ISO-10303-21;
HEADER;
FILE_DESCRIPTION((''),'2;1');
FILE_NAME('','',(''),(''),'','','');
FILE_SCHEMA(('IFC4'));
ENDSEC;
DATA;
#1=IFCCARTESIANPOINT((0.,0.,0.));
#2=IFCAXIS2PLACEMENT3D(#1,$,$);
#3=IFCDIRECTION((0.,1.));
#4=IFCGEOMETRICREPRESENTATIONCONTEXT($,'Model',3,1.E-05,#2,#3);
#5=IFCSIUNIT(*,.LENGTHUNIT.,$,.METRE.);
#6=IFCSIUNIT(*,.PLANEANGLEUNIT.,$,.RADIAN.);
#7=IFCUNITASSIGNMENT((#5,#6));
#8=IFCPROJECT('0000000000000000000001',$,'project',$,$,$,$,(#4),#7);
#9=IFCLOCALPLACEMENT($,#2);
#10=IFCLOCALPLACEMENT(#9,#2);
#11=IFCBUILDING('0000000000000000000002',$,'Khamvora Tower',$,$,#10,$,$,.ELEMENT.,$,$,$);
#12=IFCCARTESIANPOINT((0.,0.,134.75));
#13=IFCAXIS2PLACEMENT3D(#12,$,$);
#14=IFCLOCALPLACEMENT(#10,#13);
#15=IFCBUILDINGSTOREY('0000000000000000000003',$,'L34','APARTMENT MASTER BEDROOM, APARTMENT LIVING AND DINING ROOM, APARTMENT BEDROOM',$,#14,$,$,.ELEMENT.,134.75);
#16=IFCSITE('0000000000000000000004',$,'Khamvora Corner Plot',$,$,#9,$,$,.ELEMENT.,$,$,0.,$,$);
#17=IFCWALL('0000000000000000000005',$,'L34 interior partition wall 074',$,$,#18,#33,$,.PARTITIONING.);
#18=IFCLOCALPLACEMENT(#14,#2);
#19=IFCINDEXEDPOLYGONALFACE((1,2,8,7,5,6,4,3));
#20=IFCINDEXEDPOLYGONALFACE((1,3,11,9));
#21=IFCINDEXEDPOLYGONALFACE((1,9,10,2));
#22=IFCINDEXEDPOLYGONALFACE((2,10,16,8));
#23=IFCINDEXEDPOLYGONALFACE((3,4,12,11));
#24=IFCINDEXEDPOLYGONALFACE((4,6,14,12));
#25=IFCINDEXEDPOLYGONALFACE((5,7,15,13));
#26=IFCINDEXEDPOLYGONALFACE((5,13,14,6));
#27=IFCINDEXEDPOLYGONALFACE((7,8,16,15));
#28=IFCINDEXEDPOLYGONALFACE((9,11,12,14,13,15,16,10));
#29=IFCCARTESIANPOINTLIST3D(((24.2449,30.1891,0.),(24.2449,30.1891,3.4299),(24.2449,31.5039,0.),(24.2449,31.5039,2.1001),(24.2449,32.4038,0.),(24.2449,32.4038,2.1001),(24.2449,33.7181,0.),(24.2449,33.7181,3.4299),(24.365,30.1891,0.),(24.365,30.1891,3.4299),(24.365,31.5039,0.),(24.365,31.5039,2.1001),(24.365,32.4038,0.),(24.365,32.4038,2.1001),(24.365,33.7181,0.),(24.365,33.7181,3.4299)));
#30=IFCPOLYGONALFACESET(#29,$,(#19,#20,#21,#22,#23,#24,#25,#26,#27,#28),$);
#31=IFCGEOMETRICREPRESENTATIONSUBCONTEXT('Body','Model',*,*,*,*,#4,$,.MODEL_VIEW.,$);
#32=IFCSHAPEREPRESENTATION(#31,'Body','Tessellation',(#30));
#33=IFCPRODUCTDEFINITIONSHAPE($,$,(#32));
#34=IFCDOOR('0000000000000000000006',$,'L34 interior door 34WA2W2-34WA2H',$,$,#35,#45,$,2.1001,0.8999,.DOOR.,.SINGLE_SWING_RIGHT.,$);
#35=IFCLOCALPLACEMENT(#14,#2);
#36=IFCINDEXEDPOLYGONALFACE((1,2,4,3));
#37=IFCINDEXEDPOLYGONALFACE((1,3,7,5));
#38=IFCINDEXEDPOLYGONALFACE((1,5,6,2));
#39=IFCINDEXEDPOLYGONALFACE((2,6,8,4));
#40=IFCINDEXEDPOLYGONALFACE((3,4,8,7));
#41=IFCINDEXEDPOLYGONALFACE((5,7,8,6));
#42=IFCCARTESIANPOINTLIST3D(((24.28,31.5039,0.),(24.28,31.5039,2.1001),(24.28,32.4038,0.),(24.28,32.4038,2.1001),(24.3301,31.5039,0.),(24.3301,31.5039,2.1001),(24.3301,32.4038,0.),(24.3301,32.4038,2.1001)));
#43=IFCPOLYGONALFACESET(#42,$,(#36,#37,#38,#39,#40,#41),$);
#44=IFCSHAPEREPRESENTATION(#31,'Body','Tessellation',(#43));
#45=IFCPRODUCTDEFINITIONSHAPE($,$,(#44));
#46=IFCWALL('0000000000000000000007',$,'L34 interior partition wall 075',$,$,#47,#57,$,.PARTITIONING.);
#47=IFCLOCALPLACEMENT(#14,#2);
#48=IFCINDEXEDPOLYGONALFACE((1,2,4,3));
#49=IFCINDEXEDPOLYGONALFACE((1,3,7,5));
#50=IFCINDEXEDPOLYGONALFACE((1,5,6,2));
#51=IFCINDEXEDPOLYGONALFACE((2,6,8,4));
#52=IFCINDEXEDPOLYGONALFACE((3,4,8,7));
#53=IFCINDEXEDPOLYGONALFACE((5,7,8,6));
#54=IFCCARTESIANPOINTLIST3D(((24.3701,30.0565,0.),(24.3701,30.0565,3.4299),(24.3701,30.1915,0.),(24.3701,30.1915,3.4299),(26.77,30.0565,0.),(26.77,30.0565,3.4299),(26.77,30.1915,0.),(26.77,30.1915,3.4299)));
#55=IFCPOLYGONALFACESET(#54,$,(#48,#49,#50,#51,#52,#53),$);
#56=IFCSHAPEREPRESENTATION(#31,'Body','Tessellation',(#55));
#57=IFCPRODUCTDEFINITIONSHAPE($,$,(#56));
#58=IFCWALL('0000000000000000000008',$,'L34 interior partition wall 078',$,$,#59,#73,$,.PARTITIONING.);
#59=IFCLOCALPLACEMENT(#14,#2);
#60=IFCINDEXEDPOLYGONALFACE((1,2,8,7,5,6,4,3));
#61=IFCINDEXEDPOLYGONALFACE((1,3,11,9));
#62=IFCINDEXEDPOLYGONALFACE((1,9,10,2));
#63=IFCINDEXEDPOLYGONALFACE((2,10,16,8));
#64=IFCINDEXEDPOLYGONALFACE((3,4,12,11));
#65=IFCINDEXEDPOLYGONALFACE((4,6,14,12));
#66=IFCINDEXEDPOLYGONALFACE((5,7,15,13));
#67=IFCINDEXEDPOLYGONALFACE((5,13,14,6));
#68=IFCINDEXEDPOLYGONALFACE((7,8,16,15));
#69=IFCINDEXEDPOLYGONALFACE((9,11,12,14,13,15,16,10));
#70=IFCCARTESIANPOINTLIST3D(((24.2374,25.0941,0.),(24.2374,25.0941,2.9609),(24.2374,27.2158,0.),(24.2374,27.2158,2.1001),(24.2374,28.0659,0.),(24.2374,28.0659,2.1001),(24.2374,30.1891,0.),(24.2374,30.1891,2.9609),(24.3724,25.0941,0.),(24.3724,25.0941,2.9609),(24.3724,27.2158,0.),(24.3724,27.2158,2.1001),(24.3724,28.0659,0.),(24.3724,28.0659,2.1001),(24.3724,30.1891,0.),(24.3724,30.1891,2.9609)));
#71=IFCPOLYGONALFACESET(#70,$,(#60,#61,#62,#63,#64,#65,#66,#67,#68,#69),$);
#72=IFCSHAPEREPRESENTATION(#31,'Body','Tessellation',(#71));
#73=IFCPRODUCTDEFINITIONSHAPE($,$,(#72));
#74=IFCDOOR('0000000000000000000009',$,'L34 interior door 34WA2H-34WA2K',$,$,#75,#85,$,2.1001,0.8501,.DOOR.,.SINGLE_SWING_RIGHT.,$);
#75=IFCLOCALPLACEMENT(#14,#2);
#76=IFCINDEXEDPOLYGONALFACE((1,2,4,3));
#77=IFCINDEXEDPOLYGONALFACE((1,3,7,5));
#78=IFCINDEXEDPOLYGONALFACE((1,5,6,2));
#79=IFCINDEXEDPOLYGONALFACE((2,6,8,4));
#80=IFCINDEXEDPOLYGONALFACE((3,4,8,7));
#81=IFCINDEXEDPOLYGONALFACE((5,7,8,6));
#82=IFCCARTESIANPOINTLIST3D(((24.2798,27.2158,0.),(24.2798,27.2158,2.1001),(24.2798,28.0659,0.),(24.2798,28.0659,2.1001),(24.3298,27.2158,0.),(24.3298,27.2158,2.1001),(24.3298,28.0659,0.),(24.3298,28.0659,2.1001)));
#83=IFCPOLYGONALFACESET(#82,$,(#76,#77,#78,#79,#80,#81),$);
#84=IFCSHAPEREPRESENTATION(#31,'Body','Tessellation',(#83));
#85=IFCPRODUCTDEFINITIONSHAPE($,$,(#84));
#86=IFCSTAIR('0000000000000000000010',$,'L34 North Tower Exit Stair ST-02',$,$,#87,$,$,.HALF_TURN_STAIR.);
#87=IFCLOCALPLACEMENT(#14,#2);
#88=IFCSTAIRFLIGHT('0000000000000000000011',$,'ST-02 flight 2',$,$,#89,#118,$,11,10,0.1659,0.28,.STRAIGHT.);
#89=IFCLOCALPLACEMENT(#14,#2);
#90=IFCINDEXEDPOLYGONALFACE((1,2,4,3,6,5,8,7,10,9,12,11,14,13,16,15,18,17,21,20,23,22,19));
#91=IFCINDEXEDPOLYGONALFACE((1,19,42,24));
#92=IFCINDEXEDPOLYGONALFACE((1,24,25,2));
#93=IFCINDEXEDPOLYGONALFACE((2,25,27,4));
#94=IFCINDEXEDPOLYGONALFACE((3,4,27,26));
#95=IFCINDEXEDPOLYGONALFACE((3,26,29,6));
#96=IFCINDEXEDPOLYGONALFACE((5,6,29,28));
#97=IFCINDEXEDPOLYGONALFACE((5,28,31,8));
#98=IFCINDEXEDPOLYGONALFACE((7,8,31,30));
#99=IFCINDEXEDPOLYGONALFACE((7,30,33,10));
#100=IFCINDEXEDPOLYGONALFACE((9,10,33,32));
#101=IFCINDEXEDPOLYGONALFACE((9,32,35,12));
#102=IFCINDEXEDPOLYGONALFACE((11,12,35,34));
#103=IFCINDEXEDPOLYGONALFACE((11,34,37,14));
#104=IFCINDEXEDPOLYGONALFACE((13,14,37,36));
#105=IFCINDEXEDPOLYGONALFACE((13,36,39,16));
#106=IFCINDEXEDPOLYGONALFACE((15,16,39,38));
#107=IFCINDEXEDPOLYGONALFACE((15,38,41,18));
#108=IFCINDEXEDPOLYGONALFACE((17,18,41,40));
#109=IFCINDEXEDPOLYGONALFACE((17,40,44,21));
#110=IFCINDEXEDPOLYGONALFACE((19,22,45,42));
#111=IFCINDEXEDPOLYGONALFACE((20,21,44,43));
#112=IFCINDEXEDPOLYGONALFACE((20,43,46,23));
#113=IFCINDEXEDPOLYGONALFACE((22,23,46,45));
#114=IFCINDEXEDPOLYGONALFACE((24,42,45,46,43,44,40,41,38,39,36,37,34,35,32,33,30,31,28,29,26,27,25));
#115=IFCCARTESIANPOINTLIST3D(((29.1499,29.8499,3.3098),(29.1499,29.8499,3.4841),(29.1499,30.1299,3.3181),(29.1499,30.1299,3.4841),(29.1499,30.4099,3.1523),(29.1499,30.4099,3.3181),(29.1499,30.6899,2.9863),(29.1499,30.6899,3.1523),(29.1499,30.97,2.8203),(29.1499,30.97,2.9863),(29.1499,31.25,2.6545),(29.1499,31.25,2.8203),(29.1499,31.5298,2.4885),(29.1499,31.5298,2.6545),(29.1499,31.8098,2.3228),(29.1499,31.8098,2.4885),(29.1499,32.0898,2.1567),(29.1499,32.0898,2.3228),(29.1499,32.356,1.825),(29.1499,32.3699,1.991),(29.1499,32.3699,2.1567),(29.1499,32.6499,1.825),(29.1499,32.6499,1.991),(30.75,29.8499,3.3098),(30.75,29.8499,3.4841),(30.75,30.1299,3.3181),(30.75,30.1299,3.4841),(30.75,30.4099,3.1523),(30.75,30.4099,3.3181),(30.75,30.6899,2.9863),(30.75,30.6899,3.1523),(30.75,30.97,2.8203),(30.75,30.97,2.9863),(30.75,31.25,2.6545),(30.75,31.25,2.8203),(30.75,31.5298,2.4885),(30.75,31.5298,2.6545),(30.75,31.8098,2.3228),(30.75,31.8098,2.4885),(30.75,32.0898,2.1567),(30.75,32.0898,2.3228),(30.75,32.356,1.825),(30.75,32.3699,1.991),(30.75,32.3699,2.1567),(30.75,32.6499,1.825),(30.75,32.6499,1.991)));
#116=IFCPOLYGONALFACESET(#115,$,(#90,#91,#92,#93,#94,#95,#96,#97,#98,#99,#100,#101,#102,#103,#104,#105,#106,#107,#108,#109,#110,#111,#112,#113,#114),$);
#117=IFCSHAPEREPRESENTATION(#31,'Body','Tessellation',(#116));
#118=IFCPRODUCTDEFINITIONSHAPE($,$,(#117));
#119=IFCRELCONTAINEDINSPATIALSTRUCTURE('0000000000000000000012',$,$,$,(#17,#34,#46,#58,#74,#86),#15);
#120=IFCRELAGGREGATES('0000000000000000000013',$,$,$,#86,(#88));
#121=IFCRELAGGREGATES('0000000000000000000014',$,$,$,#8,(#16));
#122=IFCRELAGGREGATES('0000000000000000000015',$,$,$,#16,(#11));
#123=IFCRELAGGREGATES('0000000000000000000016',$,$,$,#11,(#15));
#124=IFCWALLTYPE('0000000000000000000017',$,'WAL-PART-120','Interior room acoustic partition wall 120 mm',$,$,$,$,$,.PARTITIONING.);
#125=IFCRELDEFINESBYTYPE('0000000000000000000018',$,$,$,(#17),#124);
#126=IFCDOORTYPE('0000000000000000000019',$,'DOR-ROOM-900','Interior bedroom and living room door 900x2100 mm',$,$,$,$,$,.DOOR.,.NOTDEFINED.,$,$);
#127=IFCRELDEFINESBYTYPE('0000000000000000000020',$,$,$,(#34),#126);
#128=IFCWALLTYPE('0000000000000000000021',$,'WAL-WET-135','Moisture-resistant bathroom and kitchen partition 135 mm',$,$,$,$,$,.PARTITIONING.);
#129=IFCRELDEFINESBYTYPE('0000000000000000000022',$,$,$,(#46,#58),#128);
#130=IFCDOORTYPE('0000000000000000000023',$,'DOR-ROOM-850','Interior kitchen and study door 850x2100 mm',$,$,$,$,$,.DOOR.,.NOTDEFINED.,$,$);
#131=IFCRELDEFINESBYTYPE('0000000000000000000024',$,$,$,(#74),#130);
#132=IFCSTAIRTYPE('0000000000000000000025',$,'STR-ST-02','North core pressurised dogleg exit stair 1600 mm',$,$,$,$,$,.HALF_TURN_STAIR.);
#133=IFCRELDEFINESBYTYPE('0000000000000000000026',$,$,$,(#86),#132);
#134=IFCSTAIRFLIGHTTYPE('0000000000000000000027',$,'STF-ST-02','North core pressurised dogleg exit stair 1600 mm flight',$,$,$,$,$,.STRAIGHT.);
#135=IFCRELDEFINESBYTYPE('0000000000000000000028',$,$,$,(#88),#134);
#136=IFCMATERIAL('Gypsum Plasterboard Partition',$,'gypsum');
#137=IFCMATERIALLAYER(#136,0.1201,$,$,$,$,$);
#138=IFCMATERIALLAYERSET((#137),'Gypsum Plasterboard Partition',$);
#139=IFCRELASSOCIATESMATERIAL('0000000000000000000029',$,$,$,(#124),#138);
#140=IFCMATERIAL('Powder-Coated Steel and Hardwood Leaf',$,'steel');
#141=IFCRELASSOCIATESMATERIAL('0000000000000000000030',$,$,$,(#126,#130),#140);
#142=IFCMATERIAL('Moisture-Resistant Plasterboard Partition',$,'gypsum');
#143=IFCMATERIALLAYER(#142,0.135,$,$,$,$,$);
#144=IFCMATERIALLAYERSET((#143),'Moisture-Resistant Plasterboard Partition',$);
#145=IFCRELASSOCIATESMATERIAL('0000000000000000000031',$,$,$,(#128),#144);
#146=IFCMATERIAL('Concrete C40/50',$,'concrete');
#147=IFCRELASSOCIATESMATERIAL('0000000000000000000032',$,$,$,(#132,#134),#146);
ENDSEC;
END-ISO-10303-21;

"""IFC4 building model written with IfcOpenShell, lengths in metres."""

from ifc_helpers import new_model, si_unit, direction, frame, frame_2d, origin, place, context, subcontext, project, spatial, polyline, rectangle, outline, extrude, material, layer, layer_set, type_object, element, fill, aggregate, save


model = new_model("IFC4")

# Units and contexts
model_context = context("Model", 3, precision=1e-05, world=origin(), true_north=direction((0.0, 1.0)))
body_context = subcontext(model_context, "Body", "Model", "MODEL_VIEW")
ifc_project = project(units=[si_unit("LENGTHUNIT", "METRE"), si_unit("PLANEANGLEUNIT", "RADIAN")], contexts=[model_context])

# Site, building, storey
site_placement = place(None, origin())
site = spatial("IfcSite", under=ifc_project, at=site_placement, Name="Khamvora Corner Plot", CompositionType="ELEMENT", RefElevation=0.0)
building_placement = place(site_placement, origin())
building = spatial("IfcBuilding", under=site, at=building_placement, Name="Khamvora Tower", CompositionType="ELEMENT")
storey_placement = place(building_placement, frame((0.0, 0.0, 134.75)))
storey = spatial("IfcBuildingStorey", under=building, at=storey_placement, Name="L34", Description="APARTMENT MASTER BEDROOM, APARTMENT LIVING AND DINING ROOM, APARTMENT BEDROOM", CompositionType="ELEMENT", Elevation=134.75)

# Wall, opening, door
ifc_material_1 = material(Name="Gypsum Plasterboard Partition", Category="gypsum")
ifc_layer_1 = layer(ifc_material_1, 0.1201)
ifc_layer_set_1 = layer_set([ifc_layer_1], Name="Gypsum Plasterboard Partition")
wall_type_1 = type_object("IfcWallType", Name="WAL-PART-120", Description="Interior room acoustic partition wall 120 mm", PredefinedType="PARTITIONING", material=ifc_layer_set_1)
wall_1_placement = place(storey_placement, frame((24.3049, 30.189, 0.0), z_axis=(0.0, 0.0, 1.0), x_axis=(0.0, 1.0, 0.0)))
wall_1 = element("IfcWall", 1, at=wall_1_placement, inside=storey, type_object=wall_type_1, Name="L34 interior partition wall 074", PredefinedType="PARTITIONING", context=body_context, shape_type="SweptSolid", body=[
    extrude(rectangle(XDim=3.5291, YDim=0.1201, at=frame_2d((1.7646, 0.0))), origin(), (0.0, 0.0, 1.0), 3.4299),
])
opening_1_placement = place(wall_1_placement, frame((1.3149, 0.0, 0.0)))
opening_1 = element("IfcOpeningElement", 2, at=opening_1_placement, cuts=wall_1, PredefinedType="OPENING", context=body_context, shape_type="SweptSolid", body=[
    extrude(rectangle(XDim=0.8999, YDim=2.1001, at=frame_2d((0.45, 1.05))), frame((0.0, 0.0701, 0.0), z_axis=(0.0, -1.0, 0.0), x_axis=(1.0, 0.0, 0.0)), (0.0, 0.0, 1.0), 0.1401),
])
ifc_material_2 = material(Name="Powder-Coated Steel and Hardwood Leaf", Category="steel")
door_type_1 = type_object("IfcDoorType", Name="DOR-ROOM-900", Description="Interior bedroom and living room door 900x2100 mm", OperationType="NOTDEFINED", PredefinedType="DOOR", material=ifc_material_2)
door_1_placement = place(opening_1_placement, origin())
door_1 = element("IfcDoor", 3, at=door_1_placement, inside=storey, type_object=door_type_1, Name="L34 interior door 34WA2W2-34WA2H", OperationType="SINGLE_SWING_RIGHT", OverallHeight=2.1001, OverallWidth=0.8999, PredefinedType="DOOR", context=body_context, shape_type="SweptSolid", body=[
    extrude(rectangle(XDim=0.8999, YDim=2.1001, at=frame_2d((0.45, 1.05))), frame((0.0, 0.0249, 0.0), z_axis=(0.0, -1.0, 0.0), x_axis=(1.0, 0.0, 0.0)), (0.0, 0.0, 1.0), 0.05),
])
fill(opening_1, door_1)

# Wall
ifc_material_3 = material(Name="Moisture-Resistant Plasterboard Partition", Category="gypsum")
ifc_layer_2 = layer(ifc_material_3, 0.135)
ifc_layer_set_2 = layer_set([ifc_layer_2], Name="Moisture-Resistant Plasterboard Partition")
wall_type_2 = type_object("IfcWallType", Name="WAL-WET-135", Description="Moisture-resistant bathroom and kitchen partition 135 mm", PredefinedType="PARTITIONING", material=ifc_layer_set_2)
wall_2_placement = place(storey_placement, frame((26.77, 30.124, 0.0), z_axis=(0.0, 0.0, 1.0), x_axis=(-1.0, 0.0, 0.0)))
element("IfcWall", 4, at=wall_2_placement, inside=storey, type_object=wall_type_2, Name="L34 interior partition wall 075", PredefinedType="PARTITIONING", context=body_context, shape_type="SweptSolid", body=[
    extrude(rectangle(XDim=2.3999, YDim=0.135, at=frame_2d((1.2, 0.0))), origin(), (0.0, 0.0, 1.0), 3.4299),
])

# Wall, opening, door
wall_3_placement = place(storey_placement, frame((24.3049, 30.189, 0.0), z_axis=(0.0, 0.0, 1.0), x_axis=(0.0, -1.0, 0.0)))
wall_3 = element("IfcWall", 5, at=wall_3_placement, inside=storey, type_object=wall_type_2, Name="L34 interior partition wall 078", PredefinedType="PARTITIONING", context=body_context, shape_type="SweptSolid", body=[
    extrude(rectangle(XDim=5.095, YDim=0.135, at=frame_2d((2.5474, 0.0))), origin(), (0.0, 0.0, 1.0), 2.9609),
])
opening_2_placement = place(wall_3_placement, frame((2.123, 0.0, 0.0)))
opening_2 = element("IfcOpeningElement", 6, at=opening_2_placement, cuts=wall_3, PredefinedType="OPENING", context=body_context, shape_type="SweptSolid", body=[
    extrude(rectangle(XDim=0.8501, YDim=2.1001, at=frame_2d((0.425, 1.05))), frame((0.0, 0.0774, 0.0), z_axis=(0.0, -1.0, 0.0), x_axis=(1.0, 0.0, 0.0)), (0.0, 0.0, 1.0), 0.155),
])
door_type_2 = type_object("IfcDoorType", Name="DOR-ROOM-850", Description="Interior kitchen and study door 850x2100 mm", OperationType="NOTDEFINED", PredefinedType="DOOR", material=ifc_material_2)
door_2_placement = place(opening_2_placement, origin())
door_2 = element("IfcDoor", 7, at=door_2_placement, inside=storey, type_object=door_type_2, Name="L34 interior door 34WA2H-34WA2K", OperationType="SINGLE_SWING_RIGHT", OverallHeight=2.1001, OverallWidth=0.8501, PredefinedType="DOOR", context=body_context, shape_type="SweptSolid", body=[
    extrude(rectangle(XDim=0.8501, YDim=2.1001, at=frame_2d((0.425, 1.05))), frame((0.0, 0.0249, 0.0), z_axis=(0.0, -1.0, 0.0), x_axis=(1.0, 0.0, 0.0)), (0.0, 0.0, 1.0), 0.05),
])
fill(opening_2, door_2)

# Stair, stair flight
ifc_material_4 = material(Name="Concrete C40/50", Category="concrete")
stair_type = type_object("IfcStairType", Name="STR-ST-02", Description="North core pressurised dogleg exit stair 1600 mm", PredefinedType="HALF_TURN_STAIR", material=ifc_material_4)
stair_placement = place(storey_placement, origin())
stair = element("IfcStair", 8, at=stair_placement, inside=storey, type_object=stair_type, Name="L34 North Tower Exit Stair ST-02", PredefinedType="HALF_TURN_STAIR")
stair_flight_type = type_object("IfcStairFlightType", Name="STF-ST-02", Description="North core pressurised dogleg exit stair 1600 mm flight", PredefinedType="STRAIGHT", material=ifc_material_4)
stair_flight_placement = place(storey_placement, frame((29.95, 32.6499, 1.825), z_axis=(0.0, 0.0, 1.0), x_axis=(0.0, -1.0, 0.0)))
stair_flight = element("IfcStairFlight", 9, at=stair_flight_placement, type_object=stair_flight_type, Name="ST-02 flight 2", NumberOfRisers=11, NumberOfTreads=10, PredefinedType="STRAIGHT", RiserHeight=0.1659, TreadLength=0.28, context=body_context, shape_type="SweptSolid", body=[
    extrude(outline(polyline([(0.0, 0.0), (0.0, 0.166), (0.28, 0.166), (0.28, 0.3318), (0.5601, 0.3318), (0.5601, 0.4978), (0.8401, 0.4978), (0.8401, 0.6636), (1.1201, 0.6636), (1.1201, 0.8296), (1.3999, 0.8296), (1.3999, 0.9954), (1.6799, 0.9954), (1.6799, 1.1614), (1.96, 1.1614), (1.96, 1.3274), (2.24, 1.3274), (2.24, 1.4932), (2.52, 1.4932), (2.52, 1.6592), (2.8, 1.6592), (2.8, 1.825), (2.8, 1.4849), (0.2939, 0.0), (0.0, 0.0)])), frame((0.0, 0.8, 0.0), z_axis=(0.0, -1.0, 0.0), x_axis=(1.0, 0.0, 0.0)), (0.0, 0.0, 1.0), 1.6001),
])
aggregate(stair, [stair_flight])

save(model, "model.ifc")
